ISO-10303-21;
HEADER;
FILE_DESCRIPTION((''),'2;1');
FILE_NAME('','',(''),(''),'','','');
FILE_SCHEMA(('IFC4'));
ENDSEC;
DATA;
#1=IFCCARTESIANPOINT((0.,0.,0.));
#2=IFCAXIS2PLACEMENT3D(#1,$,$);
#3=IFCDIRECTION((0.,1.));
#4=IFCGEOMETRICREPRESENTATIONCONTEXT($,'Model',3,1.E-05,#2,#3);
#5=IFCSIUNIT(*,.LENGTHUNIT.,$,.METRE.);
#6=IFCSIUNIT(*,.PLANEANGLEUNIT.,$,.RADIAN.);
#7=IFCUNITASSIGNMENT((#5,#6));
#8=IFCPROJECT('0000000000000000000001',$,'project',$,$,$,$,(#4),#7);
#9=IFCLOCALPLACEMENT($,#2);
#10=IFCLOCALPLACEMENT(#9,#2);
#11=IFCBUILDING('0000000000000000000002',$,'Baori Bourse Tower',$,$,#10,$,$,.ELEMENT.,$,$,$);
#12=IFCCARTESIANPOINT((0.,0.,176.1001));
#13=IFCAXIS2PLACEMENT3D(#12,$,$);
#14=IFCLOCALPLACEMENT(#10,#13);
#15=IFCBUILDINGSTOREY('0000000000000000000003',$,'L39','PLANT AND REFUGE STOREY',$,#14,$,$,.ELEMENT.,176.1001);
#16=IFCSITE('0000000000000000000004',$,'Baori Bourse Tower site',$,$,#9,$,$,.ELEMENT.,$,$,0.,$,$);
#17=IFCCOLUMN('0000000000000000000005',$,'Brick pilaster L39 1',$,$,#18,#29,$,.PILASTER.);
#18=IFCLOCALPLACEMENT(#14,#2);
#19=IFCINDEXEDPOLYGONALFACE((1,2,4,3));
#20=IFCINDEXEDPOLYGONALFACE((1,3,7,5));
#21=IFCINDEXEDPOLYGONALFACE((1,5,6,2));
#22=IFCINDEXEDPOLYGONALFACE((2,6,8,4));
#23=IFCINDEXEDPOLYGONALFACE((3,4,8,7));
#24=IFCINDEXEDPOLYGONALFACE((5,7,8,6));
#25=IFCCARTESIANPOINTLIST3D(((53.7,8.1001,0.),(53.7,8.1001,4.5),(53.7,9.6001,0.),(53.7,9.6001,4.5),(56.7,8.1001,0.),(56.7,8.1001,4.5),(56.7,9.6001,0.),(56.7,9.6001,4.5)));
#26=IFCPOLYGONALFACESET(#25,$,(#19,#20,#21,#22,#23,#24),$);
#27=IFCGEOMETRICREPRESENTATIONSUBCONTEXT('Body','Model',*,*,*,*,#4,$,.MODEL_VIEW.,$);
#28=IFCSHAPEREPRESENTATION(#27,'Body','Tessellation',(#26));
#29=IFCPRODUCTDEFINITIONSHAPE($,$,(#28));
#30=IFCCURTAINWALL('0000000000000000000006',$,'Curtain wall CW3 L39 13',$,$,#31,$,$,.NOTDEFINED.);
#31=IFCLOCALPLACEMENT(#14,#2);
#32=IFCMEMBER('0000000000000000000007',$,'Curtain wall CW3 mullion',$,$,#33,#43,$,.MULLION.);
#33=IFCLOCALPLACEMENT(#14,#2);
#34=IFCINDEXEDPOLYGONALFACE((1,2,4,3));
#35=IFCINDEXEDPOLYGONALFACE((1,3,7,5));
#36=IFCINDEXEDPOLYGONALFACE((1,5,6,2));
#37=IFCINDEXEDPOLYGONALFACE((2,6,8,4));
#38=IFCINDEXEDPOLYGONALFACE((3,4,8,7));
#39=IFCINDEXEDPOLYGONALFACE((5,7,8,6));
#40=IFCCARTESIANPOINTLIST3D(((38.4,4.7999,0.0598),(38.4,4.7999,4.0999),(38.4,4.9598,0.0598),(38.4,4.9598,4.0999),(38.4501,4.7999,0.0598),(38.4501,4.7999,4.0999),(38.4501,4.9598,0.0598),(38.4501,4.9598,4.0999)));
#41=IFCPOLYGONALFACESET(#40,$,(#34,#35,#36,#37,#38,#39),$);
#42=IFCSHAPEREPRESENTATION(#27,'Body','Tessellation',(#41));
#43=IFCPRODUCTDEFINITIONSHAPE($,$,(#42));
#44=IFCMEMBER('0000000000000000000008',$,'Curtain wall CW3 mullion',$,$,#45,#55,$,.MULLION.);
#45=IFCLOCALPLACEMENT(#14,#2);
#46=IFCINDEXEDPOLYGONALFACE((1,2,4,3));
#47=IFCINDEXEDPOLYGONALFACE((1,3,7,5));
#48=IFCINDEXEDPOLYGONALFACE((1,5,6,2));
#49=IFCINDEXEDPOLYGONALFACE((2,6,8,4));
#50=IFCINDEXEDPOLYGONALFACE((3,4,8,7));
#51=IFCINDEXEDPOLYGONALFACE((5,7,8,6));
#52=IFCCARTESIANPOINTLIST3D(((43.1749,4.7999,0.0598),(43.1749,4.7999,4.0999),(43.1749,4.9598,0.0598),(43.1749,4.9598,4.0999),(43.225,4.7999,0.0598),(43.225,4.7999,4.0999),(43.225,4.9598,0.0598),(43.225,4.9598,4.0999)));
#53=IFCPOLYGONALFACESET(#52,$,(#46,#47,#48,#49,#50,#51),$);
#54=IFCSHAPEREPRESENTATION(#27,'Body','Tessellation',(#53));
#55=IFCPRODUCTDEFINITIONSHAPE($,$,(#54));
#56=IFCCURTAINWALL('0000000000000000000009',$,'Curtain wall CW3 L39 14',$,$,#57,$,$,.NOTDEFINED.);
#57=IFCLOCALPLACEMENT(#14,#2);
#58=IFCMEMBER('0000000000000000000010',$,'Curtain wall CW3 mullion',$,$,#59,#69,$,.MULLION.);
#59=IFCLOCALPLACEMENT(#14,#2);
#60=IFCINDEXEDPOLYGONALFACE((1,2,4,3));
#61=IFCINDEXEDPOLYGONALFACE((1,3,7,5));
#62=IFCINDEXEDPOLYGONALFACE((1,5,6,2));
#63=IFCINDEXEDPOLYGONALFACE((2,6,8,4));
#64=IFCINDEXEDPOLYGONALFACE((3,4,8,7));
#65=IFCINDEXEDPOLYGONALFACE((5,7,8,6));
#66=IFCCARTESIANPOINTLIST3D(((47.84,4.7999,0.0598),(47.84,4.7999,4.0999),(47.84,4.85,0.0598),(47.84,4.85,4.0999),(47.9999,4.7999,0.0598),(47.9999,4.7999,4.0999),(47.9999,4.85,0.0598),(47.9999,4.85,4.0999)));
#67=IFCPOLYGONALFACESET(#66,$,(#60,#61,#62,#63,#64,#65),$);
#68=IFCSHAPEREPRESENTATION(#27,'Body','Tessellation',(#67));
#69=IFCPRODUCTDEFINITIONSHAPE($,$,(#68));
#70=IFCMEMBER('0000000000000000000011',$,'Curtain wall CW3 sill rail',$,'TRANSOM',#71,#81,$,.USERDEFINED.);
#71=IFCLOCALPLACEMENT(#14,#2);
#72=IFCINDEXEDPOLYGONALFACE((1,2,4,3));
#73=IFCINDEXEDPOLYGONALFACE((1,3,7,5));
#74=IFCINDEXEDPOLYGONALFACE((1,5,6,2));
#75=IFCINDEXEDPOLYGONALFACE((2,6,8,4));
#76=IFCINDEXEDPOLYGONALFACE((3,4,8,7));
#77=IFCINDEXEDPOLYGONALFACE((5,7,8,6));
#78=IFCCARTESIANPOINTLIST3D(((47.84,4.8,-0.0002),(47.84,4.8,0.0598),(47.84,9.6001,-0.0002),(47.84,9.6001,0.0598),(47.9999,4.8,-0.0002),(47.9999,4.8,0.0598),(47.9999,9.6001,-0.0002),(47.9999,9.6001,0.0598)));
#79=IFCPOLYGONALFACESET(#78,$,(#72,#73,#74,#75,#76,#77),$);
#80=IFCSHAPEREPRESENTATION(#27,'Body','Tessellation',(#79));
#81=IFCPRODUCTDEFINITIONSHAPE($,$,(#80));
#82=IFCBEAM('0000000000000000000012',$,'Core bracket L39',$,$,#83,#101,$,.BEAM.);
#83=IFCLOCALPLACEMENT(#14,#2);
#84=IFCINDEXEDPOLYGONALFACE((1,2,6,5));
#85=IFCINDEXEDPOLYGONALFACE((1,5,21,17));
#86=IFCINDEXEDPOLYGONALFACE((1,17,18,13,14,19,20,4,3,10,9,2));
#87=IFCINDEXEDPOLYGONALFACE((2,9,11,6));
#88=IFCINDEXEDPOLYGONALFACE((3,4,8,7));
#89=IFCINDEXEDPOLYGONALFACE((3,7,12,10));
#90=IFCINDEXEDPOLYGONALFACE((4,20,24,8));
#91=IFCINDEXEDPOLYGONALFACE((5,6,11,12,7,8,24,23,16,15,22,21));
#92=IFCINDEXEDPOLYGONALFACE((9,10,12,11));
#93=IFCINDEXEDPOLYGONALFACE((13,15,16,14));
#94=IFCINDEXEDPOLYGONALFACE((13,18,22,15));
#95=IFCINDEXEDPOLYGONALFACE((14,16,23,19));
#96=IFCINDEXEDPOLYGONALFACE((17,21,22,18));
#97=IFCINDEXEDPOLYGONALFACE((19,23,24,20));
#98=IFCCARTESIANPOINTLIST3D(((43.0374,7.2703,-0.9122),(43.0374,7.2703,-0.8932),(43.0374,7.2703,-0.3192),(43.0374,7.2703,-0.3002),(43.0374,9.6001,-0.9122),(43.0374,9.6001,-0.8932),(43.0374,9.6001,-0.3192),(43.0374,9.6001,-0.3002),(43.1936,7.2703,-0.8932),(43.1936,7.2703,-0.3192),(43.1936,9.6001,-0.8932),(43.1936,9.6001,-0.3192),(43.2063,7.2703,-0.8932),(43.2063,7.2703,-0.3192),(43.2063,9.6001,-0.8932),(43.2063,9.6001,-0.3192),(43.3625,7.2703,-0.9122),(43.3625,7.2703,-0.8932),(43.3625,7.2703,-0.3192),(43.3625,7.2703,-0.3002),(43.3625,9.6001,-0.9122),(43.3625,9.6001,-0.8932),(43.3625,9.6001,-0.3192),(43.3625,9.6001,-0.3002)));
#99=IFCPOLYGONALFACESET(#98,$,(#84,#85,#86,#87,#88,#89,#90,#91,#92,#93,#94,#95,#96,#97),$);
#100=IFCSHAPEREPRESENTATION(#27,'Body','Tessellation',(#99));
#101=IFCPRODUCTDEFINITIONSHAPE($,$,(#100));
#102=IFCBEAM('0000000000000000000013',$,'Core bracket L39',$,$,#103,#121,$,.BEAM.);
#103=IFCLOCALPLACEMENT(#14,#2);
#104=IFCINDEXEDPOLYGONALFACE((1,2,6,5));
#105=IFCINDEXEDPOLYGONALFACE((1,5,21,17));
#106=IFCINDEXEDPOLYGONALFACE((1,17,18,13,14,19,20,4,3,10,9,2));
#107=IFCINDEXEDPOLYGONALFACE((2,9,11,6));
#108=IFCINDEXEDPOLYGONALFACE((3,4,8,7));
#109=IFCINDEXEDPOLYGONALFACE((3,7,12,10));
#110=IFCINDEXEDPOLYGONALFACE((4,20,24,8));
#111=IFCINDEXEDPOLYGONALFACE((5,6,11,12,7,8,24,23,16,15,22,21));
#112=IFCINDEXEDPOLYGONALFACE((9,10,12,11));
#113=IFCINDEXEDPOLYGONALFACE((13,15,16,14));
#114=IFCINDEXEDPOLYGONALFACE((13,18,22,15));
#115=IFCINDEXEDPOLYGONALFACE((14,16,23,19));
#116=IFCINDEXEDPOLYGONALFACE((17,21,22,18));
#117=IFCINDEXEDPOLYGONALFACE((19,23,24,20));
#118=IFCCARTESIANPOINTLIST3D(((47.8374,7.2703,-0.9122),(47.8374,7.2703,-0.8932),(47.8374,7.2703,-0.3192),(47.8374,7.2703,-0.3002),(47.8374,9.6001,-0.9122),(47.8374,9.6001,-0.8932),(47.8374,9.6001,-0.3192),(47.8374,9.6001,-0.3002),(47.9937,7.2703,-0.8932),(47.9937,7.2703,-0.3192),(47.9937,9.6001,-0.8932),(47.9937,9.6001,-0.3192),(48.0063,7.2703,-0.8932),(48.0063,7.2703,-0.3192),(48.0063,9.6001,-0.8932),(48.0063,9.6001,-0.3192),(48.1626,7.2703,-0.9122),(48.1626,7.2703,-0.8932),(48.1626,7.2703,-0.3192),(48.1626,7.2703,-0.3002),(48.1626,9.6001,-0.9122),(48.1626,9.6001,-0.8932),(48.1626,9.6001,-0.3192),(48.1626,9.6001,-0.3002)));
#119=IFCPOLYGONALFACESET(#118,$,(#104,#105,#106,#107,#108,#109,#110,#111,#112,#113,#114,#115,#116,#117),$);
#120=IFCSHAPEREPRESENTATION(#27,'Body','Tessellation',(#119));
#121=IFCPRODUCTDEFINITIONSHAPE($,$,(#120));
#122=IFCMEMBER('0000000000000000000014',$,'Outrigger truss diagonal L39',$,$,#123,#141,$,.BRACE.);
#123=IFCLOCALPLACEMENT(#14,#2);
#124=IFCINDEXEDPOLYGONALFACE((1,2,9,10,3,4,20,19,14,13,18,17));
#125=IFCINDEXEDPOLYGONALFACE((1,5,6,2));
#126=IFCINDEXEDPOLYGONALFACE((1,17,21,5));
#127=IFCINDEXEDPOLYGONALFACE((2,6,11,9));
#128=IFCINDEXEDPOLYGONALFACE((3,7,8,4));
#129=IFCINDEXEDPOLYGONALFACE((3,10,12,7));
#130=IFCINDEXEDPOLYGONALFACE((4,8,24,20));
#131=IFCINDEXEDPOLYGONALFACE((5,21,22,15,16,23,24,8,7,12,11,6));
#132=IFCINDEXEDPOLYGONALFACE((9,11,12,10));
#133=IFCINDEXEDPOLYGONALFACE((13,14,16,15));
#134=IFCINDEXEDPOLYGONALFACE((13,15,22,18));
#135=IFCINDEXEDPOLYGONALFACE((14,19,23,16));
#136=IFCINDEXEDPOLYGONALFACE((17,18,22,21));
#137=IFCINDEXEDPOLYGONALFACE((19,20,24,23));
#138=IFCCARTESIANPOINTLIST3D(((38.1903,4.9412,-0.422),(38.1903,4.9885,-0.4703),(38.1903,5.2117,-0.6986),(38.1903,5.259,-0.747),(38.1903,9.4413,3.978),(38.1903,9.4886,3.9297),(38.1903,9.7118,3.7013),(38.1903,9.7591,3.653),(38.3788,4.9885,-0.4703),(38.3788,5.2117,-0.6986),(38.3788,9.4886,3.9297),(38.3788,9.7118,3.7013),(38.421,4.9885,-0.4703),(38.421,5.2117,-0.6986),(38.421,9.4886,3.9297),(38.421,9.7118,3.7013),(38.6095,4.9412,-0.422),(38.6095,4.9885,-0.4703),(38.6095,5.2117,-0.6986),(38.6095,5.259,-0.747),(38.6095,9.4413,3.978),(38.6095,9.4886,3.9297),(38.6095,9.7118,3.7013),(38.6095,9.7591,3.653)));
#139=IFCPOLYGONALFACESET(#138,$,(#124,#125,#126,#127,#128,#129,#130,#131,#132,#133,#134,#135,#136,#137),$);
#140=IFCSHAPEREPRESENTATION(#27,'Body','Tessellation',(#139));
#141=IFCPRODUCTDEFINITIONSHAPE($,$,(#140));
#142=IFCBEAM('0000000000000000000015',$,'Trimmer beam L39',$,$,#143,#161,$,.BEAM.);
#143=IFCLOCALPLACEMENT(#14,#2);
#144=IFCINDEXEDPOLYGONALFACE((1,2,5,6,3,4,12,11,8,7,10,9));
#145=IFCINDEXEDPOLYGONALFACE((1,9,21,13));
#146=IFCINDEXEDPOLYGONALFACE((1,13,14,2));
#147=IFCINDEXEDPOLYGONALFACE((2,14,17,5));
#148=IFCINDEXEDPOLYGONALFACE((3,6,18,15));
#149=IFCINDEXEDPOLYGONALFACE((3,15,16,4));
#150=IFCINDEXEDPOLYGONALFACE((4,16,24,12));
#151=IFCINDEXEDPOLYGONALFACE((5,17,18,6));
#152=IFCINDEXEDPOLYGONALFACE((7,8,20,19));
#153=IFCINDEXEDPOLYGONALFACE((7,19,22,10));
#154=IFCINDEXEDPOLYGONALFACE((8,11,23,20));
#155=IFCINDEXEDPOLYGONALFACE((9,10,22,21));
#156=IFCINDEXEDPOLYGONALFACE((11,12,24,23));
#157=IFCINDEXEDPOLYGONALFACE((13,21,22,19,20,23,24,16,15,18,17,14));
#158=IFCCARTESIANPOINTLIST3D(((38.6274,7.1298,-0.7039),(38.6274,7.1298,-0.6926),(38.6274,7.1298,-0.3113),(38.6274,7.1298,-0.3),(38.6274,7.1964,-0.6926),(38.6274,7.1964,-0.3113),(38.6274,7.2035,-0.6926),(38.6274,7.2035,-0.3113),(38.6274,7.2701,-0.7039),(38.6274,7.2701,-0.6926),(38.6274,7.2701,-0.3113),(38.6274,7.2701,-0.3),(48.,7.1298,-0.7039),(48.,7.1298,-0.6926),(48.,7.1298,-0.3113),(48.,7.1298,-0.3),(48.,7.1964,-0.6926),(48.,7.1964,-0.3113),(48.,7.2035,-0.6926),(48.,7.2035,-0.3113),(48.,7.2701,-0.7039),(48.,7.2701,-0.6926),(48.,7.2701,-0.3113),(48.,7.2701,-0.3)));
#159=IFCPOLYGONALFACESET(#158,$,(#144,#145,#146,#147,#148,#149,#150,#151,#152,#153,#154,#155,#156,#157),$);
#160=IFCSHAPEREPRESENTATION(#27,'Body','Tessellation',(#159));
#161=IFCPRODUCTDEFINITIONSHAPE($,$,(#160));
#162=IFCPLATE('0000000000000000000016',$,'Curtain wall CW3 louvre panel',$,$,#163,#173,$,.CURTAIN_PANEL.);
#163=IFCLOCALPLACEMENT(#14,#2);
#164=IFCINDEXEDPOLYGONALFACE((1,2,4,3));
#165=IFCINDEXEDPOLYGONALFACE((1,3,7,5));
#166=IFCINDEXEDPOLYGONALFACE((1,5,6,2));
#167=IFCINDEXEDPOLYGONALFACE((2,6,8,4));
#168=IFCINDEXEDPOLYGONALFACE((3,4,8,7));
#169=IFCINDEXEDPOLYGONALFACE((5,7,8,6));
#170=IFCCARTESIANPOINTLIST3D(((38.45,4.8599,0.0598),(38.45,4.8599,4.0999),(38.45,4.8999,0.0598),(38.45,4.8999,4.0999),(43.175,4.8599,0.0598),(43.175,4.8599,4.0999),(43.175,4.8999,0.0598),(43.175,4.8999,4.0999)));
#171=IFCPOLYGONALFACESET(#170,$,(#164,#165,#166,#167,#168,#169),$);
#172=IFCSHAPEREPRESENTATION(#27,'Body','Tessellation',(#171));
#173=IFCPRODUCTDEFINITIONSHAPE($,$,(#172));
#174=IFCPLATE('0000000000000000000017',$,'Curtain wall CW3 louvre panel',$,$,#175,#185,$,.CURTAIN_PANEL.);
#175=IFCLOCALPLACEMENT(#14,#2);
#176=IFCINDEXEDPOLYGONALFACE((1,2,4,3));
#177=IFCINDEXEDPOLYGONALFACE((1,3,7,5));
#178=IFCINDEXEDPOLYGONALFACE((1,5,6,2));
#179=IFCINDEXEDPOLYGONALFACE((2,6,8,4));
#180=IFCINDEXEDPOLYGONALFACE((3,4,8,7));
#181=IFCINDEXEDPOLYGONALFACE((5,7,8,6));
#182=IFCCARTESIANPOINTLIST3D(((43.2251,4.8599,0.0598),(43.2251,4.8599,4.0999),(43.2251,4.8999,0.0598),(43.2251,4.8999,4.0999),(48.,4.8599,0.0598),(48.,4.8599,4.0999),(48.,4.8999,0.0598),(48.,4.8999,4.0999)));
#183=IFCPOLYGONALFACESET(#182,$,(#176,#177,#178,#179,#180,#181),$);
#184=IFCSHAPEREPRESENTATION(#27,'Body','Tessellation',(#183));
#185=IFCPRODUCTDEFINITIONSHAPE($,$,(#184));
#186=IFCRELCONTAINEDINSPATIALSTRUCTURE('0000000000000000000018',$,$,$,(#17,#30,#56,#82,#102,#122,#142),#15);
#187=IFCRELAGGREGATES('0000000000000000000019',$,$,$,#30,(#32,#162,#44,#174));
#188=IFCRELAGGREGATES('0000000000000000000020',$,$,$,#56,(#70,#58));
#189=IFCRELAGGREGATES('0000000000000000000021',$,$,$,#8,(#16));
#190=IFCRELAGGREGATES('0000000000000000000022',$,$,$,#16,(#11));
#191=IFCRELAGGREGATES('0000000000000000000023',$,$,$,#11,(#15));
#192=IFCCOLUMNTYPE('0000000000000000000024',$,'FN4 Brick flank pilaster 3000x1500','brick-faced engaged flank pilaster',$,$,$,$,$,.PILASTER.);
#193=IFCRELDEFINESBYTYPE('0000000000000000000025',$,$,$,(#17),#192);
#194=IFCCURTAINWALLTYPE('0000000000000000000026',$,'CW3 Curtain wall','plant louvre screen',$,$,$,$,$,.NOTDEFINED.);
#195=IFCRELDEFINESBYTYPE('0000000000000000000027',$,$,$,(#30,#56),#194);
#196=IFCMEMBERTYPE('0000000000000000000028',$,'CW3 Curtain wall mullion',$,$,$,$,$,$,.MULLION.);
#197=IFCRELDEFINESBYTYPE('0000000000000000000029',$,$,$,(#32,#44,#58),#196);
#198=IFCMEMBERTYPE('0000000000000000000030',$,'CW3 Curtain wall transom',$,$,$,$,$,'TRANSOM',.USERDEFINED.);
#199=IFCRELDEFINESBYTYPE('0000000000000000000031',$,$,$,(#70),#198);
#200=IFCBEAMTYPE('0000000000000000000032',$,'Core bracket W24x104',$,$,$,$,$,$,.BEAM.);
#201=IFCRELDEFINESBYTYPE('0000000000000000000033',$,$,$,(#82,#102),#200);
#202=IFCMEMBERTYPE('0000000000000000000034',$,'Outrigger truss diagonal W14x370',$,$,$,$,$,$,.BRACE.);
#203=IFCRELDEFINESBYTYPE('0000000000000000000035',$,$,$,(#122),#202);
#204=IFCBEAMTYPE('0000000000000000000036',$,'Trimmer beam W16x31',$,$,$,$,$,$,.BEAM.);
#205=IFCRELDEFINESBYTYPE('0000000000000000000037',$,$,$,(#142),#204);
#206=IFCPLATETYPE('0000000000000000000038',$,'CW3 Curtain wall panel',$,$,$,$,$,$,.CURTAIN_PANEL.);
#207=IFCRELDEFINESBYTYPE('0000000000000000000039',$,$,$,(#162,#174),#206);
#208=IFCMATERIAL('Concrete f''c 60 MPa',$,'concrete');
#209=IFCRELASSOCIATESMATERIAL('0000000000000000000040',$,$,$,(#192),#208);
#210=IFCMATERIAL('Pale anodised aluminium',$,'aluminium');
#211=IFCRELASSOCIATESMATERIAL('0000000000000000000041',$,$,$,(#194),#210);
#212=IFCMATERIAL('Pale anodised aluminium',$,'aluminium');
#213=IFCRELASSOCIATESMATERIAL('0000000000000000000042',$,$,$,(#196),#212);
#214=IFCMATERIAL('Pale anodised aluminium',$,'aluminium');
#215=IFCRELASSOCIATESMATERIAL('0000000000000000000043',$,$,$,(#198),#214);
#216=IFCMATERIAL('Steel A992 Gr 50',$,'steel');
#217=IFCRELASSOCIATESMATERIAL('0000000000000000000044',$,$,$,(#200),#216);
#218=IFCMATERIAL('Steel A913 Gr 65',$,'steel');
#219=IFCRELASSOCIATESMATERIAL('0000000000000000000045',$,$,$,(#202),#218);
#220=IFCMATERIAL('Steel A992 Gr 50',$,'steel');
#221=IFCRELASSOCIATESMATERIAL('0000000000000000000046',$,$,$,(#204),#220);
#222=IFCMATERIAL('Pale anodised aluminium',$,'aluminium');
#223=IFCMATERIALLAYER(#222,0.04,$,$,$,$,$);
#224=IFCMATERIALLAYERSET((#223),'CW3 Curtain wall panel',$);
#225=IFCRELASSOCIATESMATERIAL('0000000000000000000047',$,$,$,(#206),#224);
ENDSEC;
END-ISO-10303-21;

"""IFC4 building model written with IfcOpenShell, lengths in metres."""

from ifc_helpers import new_model, si_unit, direction, frame, origin, origin_2d, place, context, subcontext, project, spatial, rectangle, i_section, extrude, material, layer, layer_set, material_profile, profile_set, type_object, element, aggregate, save


model = new_model("IFC4")

# Units and contexts
model_context = context("Model", 3, precision=1e-05, world=origin(), true_north=direction((0.0, 1.0)))
body_context = subcontext(model_context, "Body", "Model", "MODEL_VIEW")
ifc_project = project(units=[si_unit("LENGTHUNIT", "METRE"), si_unit("PLANEANGLEUNIT", "RADIAN")], contexts=[model_context])

# Site, building, storey
site_placement = place(None, origin())
site = spatial("IfcSite", under=ifc_project, at=site_placement, Name="Baori Bourse Tower site", CompositionType="ELEMENT", RefElevation=0.0)
building_placement = place(site_placement, origin())
building = spatial("IfcBuilding", under=site, at=building_placement, Name="Baori Bourse Tower", CompositionType="ELEMENT")
storey_placement = place(building_placement, frame((0.0, 0.0, 176.1001)))
storey = spatial("IfcBuildingStorey", under=building, at=storey_placement, Name="L39", Description="PLANT AND REFUGE STOREY", CompositionType="ELEMENT", Elevation=176.1001)

# Column
ifc_material_1 = material(Name="Concrete f'c 60 MPa", Category="concrete")
ifc_material_profile_1 = material_profile(ifc_material_1, rectangle(XDim=3.0, YDim=1.5, at=origin_2d()), Name="RC 3000x1500")
ifc_profile_set_1 = profile_set([ifc_material_profile_1], Name="Concrete f'c 60 MPa")
column_type = type_object("IfcColumnType", Name="FN4 Brick flank pilaster 3000x1500", Description="brick-faced engaged flank pilaster", PredefinedType="PILASTER", material=ifc_profile_set_1)
column_placement = place(storey_placement, frame((55.2, 8.8501, 0.0), z_axis=(0.0, 0.0, 1.0), x_axis=(1.0, 0.0, 0.0)))
element("IfcColumn", 1, at=column_placement, inside=storey, type_object=column_type, Name="Brick pilaster L39 1", PredefinedType="PILASTER", context=body_context, shape_type="SweptSolid", body=[
    extrude(rectangle(XDim=3.0, YDim=1.5, at=origin_2d()), origin(), (0.0, 0.0, 1.0), 4.5),
])

# Curtain walls, members
ifc_material_2 = material(Name="Pale anodised aluminium", Category="aluminium")
curtain_wall_type = type_object("IfcCurtainWallType", Name="CW3 Curtain wall", Description="plant louvre screen", PredefinedType="NOTDEFINED", material=ifc_material_2)
curtain_wall_1_placement = place(storey_placement, origin())
curtain_wall_1 = element("IfcCurtainWall", 2, at=curtain_wall_1_placement, inside=storey, type_object=curtain_wall_type, Name="Curtain wall CW3 L39 13", PredefinedType="NOTDEFINED")
ifc_material_3 = material(Name="Pale anodised aluminium", Category="aluminium")
ifc_material_profile_2 = material_profile(ifc_material_3, rectangle(XDim=0.1599, YDim=0.05, at=origin_2d()), Name="Mullion 50x160")
ifc_profile_set_2 = profile_set([ifc_material_profile_2], Name="Pale anodised aluminium")
member_type_1 = type_object("IfcMemberType", Name="CW3 Curtain wall mullion", PredefinedType="MULLION", material=ifc_profile_set_2)
member_1_placement = place(storey_placement, frame((38.425, 4.8799, 0.0598), z_axis=(0.0, 0.0, 1.0), x_axis=(0.0, 1.0, 0.0)))
member_1 = element("IfcMember", 3, at=member_1_placement, type_object=member_type_1, Name="Curtain wall CW3 mullion", PredefinedType="MULLION", context=body_context, shape_type="SweptSolid", body=[
    extrude(rectangle(XDim=0.1599, YDim=0.05, at=origin_2d()), origin(), (0.0, 0.0, 1.0), 4.04),
])
member_2_placement = place(storey_placement, frame((43.2, 4.8799, 0.0598), z_axis=(0.0, 0.0, 1.0), x_axis=(0.0, 1.0, 0.0)))
member_2 = element("IfcMember", 4, at=member_2_placement, type_object=member_type_1, Name="Curtain wall CW3 mullion", PredefinedType="MULLION", context=body_context, shape_type="SweptSolid", body=[
    extrude(rectangle(XDim=0.1599, YDim=0.05, at=origin_2d()), origin(), (0.0, 0.0, 1.0), 4.04),
])
curtain_wall_2_placement = place(storey_placement, origin())
curtain_wall_2 = element("IfcCurtainWall", 5, at=curtain_wall_2_placement, inside=storey, type_object=curtain_wall_type, Name="Curtain wall CW3 L39 14", PredefinedType="NOTDEFINED")
member_3_placement = place(storey_placement, frame((47.9199, 4.825, 0.0598), z_axis=(0.0, 0.0, 1.0), x_axis=(-1.0, 0.0, 0.0)))
member_3 = element("IfcMember", 6, at=member_3_placement, type_object=member_type_1, Name="Curtain wall CW3 mullion", PredefinedType="MULLION", context=body_context, shape_type="SweptSolid", body=[
    extrude(rectangle(XDim=0.1599, YDim=0.05, at=origin_2d()), origin(), (0.0, 0.0, 1.0), 4.04),
])
ifc_material_4 = material(Name="Pale anodised aluminium", Category="aluminium")
ifc_material_profile_3 = material_profile(ifc_material_4, rectangle(XDim=0.1599, YDim=0.0601, at=origin_2d()), Name="Transom 60x160")
ifc_profile_set_3 = profile_set([ifc_material_profile_3], Name="Pale anodised aluminium")
member_type_2 = type_object("IfcMemberType", Name="CW3 Curtain wall transom", ElementType="TRANSOM", PredefinedType="USERDEFINED", material=ifc_profile_set_3)
member_4_placement = place(storey_placement, frame((47.9199, 4.8, 0.0298), z_axis=(0.0, 1.0, 0.0), x_axis=(-1.0, 0.0, 0.0)))
member_4 = element("IfcMember", 7, at=member_4_placement, type_object=member_type_2, Name="Curtain wall CW3 sill rail", ObjectType="TRANSOM", PredefinedType="USERDEFINED", context=body_context, shape_type="SweptSolid", body=[
    extrude(rectangle(XDim=0.1599, YDim=0.0601, at=origin_2d()), origin(), (0.0, 0.0, 1.0), 4.8),
])

# Beams
ifc_material_5 = material(Name="Steel A992 Gr 50", Category="steel")
ifc_material_profile_4 = material_profile(ifc_material_5, i_section(OverallWidth=0.3252, OverallDepth=0.6121, WebThickness=0.0127, FlangeThickness=0.019, at=origin_2d()), Name="W24x104")
ifc_profile_set_4 = profile_set([ifc_material_profile_4], Name="Steel A992 Gr 50")
beam_type_1 = type_object("IfcBeamType", Name="Core bracket W24x104", PredefinedType="BEAM", material=ifc_profile_set_4)
for number, where, z_axis, x_axis, name in (
    (8, (43.2, 7.2703, -0.6062), (0.0, 1.0, 0.0), (-1.0, 0.0, 0.0), "Core bracket L39"),
    (9, (48.0, 7.2703, -0.6062), (0.0, 1.0, 0.0), (-1.0, 0.0, 0.0), "Core bracket L39"),
):
    element("IfcBeam", number, at=place(storey_placement, frame(where, z_axis=z_axis, x_axis=x_axis)), inside=storey, type_object=beam_type_1, Name=name, PredefinedType="BEAM", context=body_context, shape_type="SweptSolid", body=[
        extrude(i_section(OverallWidth=0.3252, OverallDepth=0.6121, WebThickness=0.0127, FlangeThickness=0.019, at=origin_2d()), origin(), (0.0, 0.0, 1.0), 2.3298),
    ])

# Member
ifc_material_6 = material(Name="Steel A913 Gr 65", Category="steel")
ifc_material_profile_5 = material_profile(ifc_material_6, i_section(OverallWidth=0.4192, OverallDepth=0.4546, WebThickness=0.0422, FlangeThickness=0.0676, at=origin_2d()), Name="W14x370")
ifc_profile_set_5 = profile_set([ifc_material_profile_5], Name="Steel A913 Gr 65")
member_type_3 = type_object("IfcMemberType", Name="Outrigger truss diagonal W14x370", PredefinedType="BRACE", material=ifc_profile_set_5)
member_5_placement = place(storey_placement, frame((38.3999, 5.1001, -0.5845), z_axis=(0.0, 0.715014, 0.69911), x_axis=(-1.0, 0.0, 0.0)))
element("IfcMember", 10, at=member_5_placement, inside=storey, type_object=member_type_3, Name="Outrigger truss diagonal L39", PredefinedType="BRACE", context=body_context, shape_type="SweptSolid", body=[
    extrude(i_section(OverallWidth=0.4192, OverallDepth=0.4546, WebThickness=0.0422, FlangeThickness=0.0676, at=origin_2d()), origin(), (0.0, 0.0, 1.0), 6.2937),
])

# Beam
ifc_material_7 = material(Name="Steel A992 Gr 50", Category="steel")
ifc_material_profile_6 = material_profile(ifc_material_7, i_section(OverallWidth=0.1404, OverallDepth=0.4038, WebThickness=0.0071, FlangeThickness=0.0112, at=origin_2d()), Name="W16x31")
ifc_profile_set_6 = profile_set([ifc_material_profile_6], Name="Steel A992 Gr 50")
beam_type_2 = type_object("IfcBeamType", Name="Trimmer beam W16x31", PredefinedType="BEAM", material=ifc_profile_set_6)
beam_placement = place(storey_placement, frame((38.6274, 7.2, -0.502), z_axis=(1.0, 0.0, 0.0), x_axis=(0.0, 1.0, 0.0)))
element("IfcBeam", 11, at=beam_placement, inside=storey, type_object=beam_type_2, Name="Trimmer beam L39", PredefinedType="BEAM", context=body_context, shape_type="SweptSolid", body=[
    extrude(i_section(OverallWidth=0.1404, OverallDepth=0.4038, WebThickness=0.0071, FlangeThickness=0.0112, at=origin_2d()), origin(), (0.0, 0.0, 1.0), 9.3726),
])

# Plates
ifc_material_8 = material(Name="Pale anodised aluminium", Category="aluminium")
ifc_layer_1 = layer(ifc_material_8, 0.04)
ifc_layer_set_1 = layer_set([ifc_layer_1], Name="CW3 Curtain wall panel")
plate_type = type_object("IfcPlateType", Name="CW3 Curtain wall panel", PredefinedType="CURTAIN_PANEL", material=ifc_layer_set_1)
plate_1_placement = place(storey_placement, frame((40.8125, 4.8799, 0.0598), z_axis=(0.0, 0.0, 1.0), x_axis=(1.0, 0.0, 0.0)))
plate_1 = element("IfcPlate", 12, at=plate_1_placement, type_object=plate_type, Name="Curtain wall CW3 louvre panel", PredefinedType="CURTAIN_PANEL", context=body_context, shape_type="SweptSolid", body=[
    extrude(rectangle(XDim=4.7251, YDim=0.04, at=origin_2d()), origin(), (0.0, 0.0, 1.0), 4.04),
])
plate_2_placement = place(storey_placement, frame((45.6125, 4.8799, 0.0598), z_axis=(0.0, 0.0, 1.0), x_axis=(1.0, 0.0, 0.0)))
plate_2 = element("IfcPlate", 13, at=plate_2_placement, type_object=plate_type, Name="Curtain wall CW3 louvre panel", PredefinedType="CURTAIN_PANEL", context=body_context, shape_type="SweptSolid", body=[
    extrude(rectangle(XDim=4.7749, YDim=0.04, at=origin_2d()), origin(), (0.0, 0.0, 1.0), 4.04),
])
aggregate(curtain_wall_1, [member_1, plate_1, member_2, plate_2])
aggregate(curtain_wall_2, [member_4, member_3])

save(model, "model.ifc")
